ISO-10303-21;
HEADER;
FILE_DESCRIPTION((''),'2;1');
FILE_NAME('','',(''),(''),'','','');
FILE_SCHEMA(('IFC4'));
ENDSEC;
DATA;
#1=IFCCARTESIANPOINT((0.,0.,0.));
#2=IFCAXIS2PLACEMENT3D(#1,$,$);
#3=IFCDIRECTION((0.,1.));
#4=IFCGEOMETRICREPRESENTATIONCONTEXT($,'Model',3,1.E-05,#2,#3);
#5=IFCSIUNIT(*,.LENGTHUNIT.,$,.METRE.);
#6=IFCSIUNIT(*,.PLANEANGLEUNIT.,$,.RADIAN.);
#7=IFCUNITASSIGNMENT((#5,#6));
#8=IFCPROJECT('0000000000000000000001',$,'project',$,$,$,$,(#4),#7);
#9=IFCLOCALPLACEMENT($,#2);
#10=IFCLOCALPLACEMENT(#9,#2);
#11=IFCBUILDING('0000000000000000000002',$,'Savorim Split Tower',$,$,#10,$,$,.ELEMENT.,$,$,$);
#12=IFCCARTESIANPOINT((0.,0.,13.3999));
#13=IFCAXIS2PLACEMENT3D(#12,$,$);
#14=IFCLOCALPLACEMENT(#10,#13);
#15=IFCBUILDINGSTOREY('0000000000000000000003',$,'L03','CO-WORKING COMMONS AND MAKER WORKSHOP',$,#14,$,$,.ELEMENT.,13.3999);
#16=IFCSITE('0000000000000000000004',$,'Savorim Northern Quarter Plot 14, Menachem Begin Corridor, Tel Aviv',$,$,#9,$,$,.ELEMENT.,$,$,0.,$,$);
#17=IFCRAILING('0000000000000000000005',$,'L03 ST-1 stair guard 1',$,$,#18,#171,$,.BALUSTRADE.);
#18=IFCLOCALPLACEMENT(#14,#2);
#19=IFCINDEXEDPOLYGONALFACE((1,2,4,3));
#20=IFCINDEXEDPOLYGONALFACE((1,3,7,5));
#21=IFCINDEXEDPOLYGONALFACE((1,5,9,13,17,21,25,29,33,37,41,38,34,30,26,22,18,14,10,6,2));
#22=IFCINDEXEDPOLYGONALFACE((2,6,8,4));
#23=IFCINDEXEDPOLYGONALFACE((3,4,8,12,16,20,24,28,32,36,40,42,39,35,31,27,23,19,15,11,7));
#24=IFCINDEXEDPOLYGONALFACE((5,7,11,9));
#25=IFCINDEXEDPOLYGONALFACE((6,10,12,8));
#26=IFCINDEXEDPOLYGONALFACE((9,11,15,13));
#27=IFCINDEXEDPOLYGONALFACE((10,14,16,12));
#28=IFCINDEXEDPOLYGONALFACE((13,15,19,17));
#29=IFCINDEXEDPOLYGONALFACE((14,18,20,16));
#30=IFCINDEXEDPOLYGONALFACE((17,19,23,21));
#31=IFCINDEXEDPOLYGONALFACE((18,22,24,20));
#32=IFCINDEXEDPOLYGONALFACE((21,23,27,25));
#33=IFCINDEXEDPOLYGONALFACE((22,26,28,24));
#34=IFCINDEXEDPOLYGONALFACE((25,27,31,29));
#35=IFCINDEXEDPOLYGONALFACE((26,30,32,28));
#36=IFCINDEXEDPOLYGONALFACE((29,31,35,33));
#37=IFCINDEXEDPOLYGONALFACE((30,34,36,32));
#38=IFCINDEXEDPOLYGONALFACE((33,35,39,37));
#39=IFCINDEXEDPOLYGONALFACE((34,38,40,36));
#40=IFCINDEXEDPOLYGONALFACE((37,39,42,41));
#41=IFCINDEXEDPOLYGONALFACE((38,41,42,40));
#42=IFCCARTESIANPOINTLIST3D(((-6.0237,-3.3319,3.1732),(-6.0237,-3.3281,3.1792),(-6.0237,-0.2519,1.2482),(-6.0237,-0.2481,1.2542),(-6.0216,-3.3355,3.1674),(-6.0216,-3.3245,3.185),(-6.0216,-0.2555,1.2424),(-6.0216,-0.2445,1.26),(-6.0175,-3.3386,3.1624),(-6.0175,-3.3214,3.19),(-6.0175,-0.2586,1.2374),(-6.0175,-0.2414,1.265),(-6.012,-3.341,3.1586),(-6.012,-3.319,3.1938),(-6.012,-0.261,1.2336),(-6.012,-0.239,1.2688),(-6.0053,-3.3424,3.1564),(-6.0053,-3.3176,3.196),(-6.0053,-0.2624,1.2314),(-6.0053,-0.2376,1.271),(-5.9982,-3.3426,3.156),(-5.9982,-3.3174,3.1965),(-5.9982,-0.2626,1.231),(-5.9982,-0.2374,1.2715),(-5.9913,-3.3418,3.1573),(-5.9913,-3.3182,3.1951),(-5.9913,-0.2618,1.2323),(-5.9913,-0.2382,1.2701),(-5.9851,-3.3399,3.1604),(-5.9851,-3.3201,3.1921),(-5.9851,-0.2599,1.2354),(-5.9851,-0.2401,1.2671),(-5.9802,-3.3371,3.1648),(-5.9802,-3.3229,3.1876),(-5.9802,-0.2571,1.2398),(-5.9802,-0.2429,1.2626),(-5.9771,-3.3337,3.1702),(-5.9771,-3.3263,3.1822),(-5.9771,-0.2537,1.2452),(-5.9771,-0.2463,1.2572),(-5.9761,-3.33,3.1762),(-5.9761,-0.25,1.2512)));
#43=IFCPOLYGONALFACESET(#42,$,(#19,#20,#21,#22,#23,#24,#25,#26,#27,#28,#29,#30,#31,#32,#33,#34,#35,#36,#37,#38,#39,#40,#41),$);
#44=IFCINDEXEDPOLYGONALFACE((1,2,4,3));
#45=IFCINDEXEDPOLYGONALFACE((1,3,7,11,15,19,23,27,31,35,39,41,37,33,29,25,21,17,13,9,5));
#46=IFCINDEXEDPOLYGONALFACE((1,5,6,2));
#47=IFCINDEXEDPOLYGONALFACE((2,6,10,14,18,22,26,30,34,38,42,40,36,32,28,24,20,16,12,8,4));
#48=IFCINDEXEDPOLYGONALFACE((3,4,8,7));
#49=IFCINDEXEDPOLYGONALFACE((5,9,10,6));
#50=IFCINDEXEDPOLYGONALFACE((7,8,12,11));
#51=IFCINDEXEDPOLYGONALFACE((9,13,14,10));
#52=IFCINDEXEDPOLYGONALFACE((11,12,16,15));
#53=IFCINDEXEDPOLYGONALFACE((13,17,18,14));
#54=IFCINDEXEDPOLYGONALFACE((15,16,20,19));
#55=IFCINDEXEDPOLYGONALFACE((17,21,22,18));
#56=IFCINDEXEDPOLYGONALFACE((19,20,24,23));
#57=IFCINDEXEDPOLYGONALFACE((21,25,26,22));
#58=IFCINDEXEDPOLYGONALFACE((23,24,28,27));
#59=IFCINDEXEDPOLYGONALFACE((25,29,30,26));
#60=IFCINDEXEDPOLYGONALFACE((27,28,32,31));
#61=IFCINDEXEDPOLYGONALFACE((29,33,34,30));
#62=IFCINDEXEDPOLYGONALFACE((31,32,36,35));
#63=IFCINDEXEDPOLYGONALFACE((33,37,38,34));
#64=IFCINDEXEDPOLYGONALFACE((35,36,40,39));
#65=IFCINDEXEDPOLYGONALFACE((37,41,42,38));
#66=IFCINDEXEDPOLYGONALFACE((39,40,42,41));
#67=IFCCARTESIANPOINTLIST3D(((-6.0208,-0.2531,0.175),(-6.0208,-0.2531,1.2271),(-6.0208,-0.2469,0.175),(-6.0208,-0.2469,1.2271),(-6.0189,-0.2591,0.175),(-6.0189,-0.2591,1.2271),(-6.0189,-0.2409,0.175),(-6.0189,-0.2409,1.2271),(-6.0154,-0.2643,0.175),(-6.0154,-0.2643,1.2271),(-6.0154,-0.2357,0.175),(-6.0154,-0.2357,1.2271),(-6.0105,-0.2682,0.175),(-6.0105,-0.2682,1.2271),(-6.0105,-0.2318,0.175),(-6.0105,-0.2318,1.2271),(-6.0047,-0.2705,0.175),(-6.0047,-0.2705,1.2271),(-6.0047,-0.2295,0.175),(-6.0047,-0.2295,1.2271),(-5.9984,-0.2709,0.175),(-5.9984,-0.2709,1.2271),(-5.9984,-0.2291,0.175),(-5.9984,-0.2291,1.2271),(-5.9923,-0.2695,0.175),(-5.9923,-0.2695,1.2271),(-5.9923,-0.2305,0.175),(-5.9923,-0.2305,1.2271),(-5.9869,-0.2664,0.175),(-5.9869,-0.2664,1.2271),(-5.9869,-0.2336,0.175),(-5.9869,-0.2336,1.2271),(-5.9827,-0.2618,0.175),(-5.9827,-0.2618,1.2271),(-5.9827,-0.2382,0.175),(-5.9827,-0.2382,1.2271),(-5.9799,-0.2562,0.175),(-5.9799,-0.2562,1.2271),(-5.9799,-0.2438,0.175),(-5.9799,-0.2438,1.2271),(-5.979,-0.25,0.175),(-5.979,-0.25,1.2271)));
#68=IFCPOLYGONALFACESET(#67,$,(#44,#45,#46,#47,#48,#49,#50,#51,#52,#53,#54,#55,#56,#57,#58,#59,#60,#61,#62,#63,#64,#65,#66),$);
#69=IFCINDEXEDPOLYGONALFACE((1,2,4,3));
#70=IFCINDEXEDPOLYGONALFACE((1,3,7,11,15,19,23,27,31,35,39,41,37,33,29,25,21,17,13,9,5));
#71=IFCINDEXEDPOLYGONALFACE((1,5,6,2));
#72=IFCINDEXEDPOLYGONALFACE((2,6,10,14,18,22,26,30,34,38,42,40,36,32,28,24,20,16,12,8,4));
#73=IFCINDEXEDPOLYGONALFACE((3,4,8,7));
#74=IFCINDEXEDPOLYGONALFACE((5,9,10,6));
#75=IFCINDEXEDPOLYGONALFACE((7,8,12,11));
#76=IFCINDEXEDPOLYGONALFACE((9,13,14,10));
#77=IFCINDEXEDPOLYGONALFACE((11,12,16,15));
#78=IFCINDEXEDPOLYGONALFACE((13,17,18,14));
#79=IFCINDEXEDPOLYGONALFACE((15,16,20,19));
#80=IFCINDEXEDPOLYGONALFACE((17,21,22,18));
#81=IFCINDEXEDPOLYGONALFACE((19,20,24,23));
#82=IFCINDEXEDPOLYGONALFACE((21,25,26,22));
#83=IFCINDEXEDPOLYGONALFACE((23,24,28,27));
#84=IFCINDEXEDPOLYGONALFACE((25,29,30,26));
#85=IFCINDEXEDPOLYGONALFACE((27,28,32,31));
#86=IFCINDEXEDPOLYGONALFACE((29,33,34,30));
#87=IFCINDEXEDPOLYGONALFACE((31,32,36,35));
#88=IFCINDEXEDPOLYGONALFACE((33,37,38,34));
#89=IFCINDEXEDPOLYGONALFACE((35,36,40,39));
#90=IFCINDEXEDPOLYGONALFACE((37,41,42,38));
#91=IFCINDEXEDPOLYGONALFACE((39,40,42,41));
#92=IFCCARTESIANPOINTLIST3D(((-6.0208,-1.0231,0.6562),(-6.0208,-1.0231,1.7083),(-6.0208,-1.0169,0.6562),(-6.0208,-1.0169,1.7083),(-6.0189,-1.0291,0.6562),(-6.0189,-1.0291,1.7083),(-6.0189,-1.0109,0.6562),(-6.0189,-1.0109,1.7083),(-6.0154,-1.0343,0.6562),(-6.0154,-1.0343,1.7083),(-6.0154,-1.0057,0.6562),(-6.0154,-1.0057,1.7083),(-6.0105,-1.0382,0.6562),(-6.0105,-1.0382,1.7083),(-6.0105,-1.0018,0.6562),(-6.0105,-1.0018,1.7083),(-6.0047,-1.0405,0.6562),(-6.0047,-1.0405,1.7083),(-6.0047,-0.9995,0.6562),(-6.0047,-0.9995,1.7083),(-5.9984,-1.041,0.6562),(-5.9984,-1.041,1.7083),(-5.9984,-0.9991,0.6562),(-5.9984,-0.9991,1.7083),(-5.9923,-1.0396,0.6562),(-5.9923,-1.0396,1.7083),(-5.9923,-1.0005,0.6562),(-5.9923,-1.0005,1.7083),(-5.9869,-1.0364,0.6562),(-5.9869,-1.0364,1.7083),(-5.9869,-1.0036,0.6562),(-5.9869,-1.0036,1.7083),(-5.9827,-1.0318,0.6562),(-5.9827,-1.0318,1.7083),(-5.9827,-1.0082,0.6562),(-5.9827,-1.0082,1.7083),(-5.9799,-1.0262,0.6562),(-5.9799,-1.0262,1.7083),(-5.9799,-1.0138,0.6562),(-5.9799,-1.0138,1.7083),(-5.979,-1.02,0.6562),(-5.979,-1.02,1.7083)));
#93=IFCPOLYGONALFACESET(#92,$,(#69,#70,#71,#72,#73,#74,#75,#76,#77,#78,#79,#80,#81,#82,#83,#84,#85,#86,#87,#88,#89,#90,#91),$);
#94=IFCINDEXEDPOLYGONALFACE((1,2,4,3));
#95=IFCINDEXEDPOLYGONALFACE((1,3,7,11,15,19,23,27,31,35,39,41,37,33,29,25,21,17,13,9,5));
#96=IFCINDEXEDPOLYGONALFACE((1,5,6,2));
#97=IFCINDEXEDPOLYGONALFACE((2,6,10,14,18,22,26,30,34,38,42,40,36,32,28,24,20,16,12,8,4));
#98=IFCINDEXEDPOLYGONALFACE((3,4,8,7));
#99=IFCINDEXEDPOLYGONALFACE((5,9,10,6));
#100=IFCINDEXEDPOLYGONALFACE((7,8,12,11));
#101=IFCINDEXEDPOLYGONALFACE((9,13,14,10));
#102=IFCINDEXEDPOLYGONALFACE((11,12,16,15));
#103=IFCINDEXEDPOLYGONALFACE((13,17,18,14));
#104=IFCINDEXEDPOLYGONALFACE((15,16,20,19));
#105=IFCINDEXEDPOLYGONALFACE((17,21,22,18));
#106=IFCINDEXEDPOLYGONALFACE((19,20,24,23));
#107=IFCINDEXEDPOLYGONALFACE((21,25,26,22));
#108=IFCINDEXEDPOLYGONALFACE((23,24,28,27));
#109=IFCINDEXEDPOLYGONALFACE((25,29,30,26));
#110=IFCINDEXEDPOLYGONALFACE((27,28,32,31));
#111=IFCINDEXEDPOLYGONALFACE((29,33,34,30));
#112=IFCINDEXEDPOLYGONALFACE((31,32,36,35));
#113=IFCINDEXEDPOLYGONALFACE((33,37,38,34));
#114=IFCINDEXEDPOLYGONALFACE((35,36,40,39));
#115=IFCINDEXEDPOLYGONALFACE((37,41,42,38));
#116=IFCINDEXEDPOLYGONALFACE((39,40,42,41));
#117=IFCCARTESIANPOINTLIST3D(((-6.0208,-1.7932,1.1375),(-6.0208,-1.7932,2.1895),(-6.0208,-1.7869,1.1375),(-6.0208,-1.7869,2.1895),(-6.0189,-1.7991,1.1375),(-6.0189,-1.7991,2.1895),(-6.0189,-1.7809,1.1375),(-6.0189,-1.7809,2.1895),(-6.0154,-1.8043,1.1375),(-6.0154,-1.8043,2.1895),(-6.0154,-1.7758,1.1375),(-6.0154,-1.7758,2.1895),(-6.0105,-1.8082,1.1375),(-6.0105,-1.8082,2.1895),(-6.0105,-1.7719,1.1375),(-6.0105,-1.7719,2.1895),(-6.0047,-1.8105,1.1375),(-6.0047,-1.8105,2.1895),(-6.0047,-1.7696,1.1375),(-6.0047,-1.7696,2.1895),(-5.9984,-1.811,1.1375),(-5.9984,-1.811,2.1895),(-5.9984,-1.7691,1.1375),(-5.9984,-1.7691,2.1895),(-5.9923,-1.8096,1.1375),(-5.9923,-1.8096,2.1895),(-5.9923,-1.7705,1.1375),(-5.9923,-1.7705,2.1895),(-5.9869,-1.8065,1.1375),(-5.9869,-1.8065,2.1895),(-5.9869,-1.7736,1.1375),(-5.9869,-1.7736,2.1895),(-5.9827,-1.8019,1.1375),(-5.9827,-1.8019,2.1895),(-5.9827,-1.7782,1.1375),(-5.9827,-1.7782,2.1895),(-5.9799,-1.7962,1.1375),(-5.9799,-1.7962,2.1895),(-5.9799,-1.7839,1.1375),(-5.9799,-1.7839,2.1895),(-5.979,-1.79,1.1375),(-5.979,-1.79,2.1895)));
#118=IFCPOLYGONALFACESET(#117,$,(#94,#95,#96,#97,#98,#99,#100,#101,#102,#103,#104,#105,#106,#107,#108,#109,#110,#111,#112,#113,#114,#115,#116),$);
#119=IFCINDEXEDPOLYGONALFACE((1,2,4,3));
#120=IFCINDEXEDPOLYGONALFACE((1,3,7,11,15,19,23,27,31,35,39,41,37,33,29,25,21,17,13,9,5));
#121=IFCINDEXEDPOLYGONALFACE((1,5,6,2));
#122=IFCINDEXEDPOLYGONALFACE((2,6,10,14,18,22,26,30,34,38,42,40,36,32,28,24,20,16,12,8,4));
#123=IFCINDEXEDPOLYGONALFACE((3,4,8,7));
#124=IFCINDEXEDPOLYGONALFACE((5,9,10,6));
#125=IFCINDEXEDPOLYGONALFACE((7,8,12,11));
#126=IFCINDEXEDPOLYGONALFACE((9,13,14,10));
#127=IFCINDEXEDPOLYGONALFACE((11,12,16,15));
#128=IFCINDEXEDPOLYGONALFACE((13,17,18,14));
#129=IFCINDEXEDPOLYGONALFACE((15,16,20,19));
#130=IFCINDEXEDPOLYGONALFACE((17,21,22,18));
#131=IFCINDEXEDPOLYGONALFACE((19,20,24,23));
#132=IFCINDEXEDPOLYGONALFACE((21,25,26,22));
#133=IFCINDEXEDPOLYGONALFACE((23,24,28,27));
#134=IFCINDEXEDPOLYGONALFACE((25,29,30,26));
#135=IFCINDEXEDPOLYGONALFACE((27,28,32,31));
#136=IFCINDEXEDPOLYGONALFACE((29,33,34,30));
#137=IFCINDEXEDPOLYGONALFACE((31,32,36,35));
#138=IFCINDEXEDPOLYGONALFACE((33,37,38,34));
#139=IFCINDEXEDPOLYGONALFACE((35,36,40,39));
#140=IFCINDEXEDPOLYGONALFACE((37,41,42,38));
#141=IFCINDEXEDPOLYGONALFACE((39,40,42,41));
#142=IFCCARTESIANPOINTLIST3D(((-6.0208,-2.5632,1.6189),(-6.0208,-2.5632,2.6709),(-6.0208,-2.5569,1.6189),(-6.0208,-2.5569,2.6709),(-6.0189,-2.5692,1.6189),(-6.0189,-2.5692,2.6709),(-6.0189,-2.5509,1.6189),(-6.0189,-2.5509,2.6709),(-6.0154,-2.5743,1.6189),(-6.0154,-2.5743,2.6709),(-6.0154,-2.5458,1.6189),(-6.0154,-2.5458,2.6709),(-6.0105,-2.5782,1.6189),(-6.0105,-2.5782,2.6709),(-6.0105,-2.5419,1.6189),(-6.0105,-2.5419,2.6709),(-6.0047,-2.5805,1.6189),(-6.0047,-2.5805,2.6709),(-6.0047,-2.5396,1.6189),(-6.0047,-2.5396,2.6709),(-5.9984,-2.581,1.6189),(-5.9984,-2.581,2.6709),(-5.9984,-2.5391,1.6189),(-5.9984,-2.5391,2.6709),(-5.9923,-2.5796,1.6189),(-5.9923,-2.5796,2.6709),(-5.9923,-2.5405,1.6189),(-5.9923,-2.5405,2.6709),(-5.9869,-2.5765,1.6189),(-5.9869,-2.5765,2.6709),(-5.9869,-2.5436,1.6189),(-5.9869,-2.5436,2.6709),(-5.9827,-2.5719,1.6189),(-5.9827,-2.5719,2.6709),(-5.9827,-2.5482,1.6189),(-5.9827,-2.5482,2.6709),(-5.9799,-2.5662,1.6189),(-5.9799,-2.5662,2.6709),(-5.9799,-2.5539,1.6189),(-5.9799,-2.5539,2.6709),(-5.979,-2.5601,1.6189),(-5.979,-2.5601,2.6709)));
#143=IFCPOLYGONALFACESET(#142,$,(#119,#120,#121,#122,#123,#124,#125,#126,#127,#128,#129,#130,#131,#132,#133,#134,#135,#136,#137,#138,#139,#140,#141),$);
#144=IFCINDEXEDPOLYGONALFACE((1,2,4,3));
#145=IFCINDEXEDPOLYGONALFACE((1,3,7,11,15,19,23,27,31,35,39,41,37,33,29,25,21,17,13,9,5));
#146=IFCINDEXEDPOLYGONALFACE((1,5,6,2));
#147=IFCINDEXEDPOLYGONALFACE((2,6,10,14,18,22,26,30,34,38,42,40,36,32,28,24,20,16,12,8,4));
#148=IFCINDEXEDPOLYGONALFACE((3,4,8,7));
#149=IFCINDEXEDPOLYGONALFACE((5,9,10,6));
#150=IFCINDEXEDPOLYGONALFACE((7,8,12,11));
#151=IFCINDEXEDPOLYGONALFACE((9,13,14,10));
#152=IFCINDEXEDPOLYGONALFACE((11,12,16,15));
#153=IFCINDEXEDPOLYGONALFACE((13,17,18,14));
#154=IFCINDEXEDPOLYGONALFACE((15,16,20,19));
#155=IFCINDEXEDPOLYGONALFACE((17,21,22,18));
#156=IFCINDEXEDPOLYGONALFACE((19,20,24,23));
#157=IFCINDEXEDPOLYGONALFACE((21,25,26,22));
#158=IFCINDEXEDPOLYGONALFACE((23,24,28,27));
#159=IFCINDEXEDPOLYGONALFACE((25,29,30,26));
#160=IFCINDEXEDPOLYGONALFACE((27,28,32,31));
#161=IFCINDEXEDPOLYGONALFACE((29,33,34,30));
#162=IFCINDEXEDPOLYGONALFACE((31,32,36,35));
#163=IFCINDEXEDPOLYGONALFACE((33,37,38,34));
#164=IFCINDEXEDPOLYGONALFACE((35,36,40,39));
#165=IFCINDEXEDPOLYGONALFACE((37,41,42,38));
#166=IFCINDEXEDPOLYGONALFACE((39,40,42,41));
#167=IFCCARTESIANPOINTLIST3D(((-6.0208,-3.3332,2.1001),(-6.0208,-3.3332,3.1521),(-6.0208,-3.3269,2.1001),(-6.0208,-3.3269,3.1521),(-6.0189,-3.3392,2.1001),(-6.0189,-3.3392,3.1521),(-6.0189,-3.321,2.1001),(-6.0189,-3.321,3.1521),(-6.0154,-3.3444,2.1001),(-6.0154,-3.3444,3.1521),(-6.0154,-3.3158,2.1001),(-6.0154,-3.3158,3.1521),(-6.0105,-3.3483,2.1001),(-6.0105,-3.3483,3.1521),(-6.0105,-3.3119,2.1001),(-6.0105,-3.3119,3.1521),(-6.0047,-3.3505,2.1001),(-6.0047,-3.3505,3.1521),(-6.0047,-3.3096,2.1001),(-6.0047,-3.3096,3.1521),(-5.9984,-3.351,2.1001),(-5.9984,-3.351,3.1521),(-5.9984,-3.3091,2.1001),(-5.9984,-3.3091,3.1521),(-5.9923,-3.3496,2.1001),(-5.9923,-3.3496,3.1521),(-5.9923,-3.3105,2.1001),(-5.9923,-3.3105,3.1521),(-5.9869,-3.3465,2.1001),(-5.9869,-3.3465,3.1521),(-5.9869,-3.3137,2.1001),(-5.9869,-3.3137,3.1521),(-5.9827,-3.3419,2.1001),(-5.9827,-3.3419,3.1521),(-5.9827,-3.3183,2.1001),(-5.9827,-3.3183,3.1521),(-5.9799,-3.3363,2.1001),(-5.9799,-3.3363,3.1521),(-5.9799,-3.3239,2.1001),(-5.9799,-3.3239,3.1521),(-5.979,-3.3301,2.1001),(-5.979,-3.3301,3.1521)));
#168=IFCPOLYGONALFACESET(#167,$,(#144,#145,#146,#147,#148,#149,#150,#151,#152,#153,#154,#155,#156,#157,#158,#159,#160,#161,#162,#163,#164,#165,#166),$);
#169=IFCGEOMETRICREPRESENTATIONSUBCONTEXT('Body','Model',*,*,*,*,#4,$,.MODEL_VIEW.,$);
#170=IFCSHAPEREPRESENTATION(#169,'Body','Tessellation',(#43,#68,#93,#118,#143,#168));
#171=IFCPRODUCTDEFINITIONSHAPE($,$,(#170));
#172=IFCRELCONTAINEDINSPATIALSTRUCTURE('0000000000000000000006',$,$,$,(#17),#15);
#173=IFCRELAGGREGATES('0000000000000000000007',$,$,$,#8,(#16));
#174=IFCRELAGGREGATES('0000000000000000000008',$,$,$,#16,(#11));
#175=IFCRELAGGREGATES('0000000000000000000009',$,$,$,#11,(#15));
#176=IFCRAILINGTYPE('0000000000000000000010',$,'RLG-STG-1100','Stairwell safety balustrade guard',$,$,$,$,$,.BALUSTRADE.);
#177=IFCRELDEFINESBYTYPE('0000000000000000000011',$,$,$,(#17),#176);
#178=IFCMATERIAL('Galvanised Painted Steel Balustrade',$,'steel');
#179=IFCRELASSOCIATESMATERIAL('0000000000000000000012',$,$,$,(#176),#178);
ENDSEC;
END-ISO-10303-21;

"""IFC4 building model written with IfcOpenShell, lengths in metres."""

from ifc_helpers import new_model, si_unit, direction, frame, origin, origin_2d, place, context, subcontext, project, spatial, circle, extrude, material, type_object, element, save


model = new_model("IFC4")

# Units and contexts
model_context = context("Model", 3, precision=1e-05, world=origin(), true_north=direction((0.0, 1.0)))
body_context = subcontext(model_context, "Body", "Model", "MODEL_VIEW")
ifc_project = project(units=[si_unit("LENGTHUNIT", "METRE"), si_unit("PLANEANGLEUNIT", "RADIAN")], contexts=[model_context])

# Site, building, storey
site_placement = place(None, origin())
site = spatial("IfcSite", under=ifc_project, at=site_placement, Name="Savorim Northern Quarter Plot 14, Menachem Begin Corridor, Tel Aviv", CompositionType="ELEMENT", RefElevation=0.0)
building_placement = place(site_placement, origin())
building = spatial("IfcBuilding", under=site, at=building_placement, Name="Savorim Split Tower", CompositionType="ELEMENT")
storey_placement = place(building_placement, frame((0.0, 0.0, 13.3999)))
storey = spatial("IfcBuildingStorey", under=building, at=storey_placement, Name="L03", Description="CO-WORKING COMMONS AND MAKER WORKSHOP", CompositionType="ELEMENT", Elevation=13.3999)

# Railing
ifc_material_1 = material(Name="Galvanised Painted Steel Balustrade", Category="steel")
railing_type_1 = type_object("IfcRailingType", Name="RLG-STG-1100", Description="Stairwell safety balustrade guard", PredefinedType="BALUSTRADE", material=ifc_material_1)
railing_1_placement = place(storey_placement, frame((-6.0, -0.25, 0.175)))
element("IfcRailing", 1, at=railing_1_placement, inside=storey, type_object=railing_type_1, Name="L03 ST-1 stair guard 1", PredefinedType="BALUSTRADE", context=body_context, shape_type="SweptSolid", body=[
    extrude(circle(Radius=0.0239, at=origin_2d()), frame((0.0, 0.0, 1.0762), z_axis=(0.0, -0.847998, 0.529999), x_axis=(1.0, 0.0, 0.0)), (0.0, 0.0, 1.0), 3.6321),
    extrude(circle(Radius=0.021, at=origin_2d()), origin(), (0.0, 0.0, 1.0), 1.052),
    extrude(circle(Radius=0.021, at=origin_2d()), frame((0.0, -0.77, 0.4812)), (0.0, 0.0, 1.0), 1.052),
    extrude(circle(Radius=0.021, at=origin_2d()), frame((0.0, -1.54, 0.9624)), (0.0, 0.0, 1.0), 1.052),
    extrude(circle(Radius=0.021, at=origin_2d()), frame((0.0, -2.3101, 1.4438)), (0.0, 0.0, 1.0), 1.052),
    extrude(circle(Radius=0.021, at=origin_2d()), frame((0.0, -3.0801, 1.925)), (0.0, 0.0, 1.0), 1.052),
])

save(model, "model.ifc")
